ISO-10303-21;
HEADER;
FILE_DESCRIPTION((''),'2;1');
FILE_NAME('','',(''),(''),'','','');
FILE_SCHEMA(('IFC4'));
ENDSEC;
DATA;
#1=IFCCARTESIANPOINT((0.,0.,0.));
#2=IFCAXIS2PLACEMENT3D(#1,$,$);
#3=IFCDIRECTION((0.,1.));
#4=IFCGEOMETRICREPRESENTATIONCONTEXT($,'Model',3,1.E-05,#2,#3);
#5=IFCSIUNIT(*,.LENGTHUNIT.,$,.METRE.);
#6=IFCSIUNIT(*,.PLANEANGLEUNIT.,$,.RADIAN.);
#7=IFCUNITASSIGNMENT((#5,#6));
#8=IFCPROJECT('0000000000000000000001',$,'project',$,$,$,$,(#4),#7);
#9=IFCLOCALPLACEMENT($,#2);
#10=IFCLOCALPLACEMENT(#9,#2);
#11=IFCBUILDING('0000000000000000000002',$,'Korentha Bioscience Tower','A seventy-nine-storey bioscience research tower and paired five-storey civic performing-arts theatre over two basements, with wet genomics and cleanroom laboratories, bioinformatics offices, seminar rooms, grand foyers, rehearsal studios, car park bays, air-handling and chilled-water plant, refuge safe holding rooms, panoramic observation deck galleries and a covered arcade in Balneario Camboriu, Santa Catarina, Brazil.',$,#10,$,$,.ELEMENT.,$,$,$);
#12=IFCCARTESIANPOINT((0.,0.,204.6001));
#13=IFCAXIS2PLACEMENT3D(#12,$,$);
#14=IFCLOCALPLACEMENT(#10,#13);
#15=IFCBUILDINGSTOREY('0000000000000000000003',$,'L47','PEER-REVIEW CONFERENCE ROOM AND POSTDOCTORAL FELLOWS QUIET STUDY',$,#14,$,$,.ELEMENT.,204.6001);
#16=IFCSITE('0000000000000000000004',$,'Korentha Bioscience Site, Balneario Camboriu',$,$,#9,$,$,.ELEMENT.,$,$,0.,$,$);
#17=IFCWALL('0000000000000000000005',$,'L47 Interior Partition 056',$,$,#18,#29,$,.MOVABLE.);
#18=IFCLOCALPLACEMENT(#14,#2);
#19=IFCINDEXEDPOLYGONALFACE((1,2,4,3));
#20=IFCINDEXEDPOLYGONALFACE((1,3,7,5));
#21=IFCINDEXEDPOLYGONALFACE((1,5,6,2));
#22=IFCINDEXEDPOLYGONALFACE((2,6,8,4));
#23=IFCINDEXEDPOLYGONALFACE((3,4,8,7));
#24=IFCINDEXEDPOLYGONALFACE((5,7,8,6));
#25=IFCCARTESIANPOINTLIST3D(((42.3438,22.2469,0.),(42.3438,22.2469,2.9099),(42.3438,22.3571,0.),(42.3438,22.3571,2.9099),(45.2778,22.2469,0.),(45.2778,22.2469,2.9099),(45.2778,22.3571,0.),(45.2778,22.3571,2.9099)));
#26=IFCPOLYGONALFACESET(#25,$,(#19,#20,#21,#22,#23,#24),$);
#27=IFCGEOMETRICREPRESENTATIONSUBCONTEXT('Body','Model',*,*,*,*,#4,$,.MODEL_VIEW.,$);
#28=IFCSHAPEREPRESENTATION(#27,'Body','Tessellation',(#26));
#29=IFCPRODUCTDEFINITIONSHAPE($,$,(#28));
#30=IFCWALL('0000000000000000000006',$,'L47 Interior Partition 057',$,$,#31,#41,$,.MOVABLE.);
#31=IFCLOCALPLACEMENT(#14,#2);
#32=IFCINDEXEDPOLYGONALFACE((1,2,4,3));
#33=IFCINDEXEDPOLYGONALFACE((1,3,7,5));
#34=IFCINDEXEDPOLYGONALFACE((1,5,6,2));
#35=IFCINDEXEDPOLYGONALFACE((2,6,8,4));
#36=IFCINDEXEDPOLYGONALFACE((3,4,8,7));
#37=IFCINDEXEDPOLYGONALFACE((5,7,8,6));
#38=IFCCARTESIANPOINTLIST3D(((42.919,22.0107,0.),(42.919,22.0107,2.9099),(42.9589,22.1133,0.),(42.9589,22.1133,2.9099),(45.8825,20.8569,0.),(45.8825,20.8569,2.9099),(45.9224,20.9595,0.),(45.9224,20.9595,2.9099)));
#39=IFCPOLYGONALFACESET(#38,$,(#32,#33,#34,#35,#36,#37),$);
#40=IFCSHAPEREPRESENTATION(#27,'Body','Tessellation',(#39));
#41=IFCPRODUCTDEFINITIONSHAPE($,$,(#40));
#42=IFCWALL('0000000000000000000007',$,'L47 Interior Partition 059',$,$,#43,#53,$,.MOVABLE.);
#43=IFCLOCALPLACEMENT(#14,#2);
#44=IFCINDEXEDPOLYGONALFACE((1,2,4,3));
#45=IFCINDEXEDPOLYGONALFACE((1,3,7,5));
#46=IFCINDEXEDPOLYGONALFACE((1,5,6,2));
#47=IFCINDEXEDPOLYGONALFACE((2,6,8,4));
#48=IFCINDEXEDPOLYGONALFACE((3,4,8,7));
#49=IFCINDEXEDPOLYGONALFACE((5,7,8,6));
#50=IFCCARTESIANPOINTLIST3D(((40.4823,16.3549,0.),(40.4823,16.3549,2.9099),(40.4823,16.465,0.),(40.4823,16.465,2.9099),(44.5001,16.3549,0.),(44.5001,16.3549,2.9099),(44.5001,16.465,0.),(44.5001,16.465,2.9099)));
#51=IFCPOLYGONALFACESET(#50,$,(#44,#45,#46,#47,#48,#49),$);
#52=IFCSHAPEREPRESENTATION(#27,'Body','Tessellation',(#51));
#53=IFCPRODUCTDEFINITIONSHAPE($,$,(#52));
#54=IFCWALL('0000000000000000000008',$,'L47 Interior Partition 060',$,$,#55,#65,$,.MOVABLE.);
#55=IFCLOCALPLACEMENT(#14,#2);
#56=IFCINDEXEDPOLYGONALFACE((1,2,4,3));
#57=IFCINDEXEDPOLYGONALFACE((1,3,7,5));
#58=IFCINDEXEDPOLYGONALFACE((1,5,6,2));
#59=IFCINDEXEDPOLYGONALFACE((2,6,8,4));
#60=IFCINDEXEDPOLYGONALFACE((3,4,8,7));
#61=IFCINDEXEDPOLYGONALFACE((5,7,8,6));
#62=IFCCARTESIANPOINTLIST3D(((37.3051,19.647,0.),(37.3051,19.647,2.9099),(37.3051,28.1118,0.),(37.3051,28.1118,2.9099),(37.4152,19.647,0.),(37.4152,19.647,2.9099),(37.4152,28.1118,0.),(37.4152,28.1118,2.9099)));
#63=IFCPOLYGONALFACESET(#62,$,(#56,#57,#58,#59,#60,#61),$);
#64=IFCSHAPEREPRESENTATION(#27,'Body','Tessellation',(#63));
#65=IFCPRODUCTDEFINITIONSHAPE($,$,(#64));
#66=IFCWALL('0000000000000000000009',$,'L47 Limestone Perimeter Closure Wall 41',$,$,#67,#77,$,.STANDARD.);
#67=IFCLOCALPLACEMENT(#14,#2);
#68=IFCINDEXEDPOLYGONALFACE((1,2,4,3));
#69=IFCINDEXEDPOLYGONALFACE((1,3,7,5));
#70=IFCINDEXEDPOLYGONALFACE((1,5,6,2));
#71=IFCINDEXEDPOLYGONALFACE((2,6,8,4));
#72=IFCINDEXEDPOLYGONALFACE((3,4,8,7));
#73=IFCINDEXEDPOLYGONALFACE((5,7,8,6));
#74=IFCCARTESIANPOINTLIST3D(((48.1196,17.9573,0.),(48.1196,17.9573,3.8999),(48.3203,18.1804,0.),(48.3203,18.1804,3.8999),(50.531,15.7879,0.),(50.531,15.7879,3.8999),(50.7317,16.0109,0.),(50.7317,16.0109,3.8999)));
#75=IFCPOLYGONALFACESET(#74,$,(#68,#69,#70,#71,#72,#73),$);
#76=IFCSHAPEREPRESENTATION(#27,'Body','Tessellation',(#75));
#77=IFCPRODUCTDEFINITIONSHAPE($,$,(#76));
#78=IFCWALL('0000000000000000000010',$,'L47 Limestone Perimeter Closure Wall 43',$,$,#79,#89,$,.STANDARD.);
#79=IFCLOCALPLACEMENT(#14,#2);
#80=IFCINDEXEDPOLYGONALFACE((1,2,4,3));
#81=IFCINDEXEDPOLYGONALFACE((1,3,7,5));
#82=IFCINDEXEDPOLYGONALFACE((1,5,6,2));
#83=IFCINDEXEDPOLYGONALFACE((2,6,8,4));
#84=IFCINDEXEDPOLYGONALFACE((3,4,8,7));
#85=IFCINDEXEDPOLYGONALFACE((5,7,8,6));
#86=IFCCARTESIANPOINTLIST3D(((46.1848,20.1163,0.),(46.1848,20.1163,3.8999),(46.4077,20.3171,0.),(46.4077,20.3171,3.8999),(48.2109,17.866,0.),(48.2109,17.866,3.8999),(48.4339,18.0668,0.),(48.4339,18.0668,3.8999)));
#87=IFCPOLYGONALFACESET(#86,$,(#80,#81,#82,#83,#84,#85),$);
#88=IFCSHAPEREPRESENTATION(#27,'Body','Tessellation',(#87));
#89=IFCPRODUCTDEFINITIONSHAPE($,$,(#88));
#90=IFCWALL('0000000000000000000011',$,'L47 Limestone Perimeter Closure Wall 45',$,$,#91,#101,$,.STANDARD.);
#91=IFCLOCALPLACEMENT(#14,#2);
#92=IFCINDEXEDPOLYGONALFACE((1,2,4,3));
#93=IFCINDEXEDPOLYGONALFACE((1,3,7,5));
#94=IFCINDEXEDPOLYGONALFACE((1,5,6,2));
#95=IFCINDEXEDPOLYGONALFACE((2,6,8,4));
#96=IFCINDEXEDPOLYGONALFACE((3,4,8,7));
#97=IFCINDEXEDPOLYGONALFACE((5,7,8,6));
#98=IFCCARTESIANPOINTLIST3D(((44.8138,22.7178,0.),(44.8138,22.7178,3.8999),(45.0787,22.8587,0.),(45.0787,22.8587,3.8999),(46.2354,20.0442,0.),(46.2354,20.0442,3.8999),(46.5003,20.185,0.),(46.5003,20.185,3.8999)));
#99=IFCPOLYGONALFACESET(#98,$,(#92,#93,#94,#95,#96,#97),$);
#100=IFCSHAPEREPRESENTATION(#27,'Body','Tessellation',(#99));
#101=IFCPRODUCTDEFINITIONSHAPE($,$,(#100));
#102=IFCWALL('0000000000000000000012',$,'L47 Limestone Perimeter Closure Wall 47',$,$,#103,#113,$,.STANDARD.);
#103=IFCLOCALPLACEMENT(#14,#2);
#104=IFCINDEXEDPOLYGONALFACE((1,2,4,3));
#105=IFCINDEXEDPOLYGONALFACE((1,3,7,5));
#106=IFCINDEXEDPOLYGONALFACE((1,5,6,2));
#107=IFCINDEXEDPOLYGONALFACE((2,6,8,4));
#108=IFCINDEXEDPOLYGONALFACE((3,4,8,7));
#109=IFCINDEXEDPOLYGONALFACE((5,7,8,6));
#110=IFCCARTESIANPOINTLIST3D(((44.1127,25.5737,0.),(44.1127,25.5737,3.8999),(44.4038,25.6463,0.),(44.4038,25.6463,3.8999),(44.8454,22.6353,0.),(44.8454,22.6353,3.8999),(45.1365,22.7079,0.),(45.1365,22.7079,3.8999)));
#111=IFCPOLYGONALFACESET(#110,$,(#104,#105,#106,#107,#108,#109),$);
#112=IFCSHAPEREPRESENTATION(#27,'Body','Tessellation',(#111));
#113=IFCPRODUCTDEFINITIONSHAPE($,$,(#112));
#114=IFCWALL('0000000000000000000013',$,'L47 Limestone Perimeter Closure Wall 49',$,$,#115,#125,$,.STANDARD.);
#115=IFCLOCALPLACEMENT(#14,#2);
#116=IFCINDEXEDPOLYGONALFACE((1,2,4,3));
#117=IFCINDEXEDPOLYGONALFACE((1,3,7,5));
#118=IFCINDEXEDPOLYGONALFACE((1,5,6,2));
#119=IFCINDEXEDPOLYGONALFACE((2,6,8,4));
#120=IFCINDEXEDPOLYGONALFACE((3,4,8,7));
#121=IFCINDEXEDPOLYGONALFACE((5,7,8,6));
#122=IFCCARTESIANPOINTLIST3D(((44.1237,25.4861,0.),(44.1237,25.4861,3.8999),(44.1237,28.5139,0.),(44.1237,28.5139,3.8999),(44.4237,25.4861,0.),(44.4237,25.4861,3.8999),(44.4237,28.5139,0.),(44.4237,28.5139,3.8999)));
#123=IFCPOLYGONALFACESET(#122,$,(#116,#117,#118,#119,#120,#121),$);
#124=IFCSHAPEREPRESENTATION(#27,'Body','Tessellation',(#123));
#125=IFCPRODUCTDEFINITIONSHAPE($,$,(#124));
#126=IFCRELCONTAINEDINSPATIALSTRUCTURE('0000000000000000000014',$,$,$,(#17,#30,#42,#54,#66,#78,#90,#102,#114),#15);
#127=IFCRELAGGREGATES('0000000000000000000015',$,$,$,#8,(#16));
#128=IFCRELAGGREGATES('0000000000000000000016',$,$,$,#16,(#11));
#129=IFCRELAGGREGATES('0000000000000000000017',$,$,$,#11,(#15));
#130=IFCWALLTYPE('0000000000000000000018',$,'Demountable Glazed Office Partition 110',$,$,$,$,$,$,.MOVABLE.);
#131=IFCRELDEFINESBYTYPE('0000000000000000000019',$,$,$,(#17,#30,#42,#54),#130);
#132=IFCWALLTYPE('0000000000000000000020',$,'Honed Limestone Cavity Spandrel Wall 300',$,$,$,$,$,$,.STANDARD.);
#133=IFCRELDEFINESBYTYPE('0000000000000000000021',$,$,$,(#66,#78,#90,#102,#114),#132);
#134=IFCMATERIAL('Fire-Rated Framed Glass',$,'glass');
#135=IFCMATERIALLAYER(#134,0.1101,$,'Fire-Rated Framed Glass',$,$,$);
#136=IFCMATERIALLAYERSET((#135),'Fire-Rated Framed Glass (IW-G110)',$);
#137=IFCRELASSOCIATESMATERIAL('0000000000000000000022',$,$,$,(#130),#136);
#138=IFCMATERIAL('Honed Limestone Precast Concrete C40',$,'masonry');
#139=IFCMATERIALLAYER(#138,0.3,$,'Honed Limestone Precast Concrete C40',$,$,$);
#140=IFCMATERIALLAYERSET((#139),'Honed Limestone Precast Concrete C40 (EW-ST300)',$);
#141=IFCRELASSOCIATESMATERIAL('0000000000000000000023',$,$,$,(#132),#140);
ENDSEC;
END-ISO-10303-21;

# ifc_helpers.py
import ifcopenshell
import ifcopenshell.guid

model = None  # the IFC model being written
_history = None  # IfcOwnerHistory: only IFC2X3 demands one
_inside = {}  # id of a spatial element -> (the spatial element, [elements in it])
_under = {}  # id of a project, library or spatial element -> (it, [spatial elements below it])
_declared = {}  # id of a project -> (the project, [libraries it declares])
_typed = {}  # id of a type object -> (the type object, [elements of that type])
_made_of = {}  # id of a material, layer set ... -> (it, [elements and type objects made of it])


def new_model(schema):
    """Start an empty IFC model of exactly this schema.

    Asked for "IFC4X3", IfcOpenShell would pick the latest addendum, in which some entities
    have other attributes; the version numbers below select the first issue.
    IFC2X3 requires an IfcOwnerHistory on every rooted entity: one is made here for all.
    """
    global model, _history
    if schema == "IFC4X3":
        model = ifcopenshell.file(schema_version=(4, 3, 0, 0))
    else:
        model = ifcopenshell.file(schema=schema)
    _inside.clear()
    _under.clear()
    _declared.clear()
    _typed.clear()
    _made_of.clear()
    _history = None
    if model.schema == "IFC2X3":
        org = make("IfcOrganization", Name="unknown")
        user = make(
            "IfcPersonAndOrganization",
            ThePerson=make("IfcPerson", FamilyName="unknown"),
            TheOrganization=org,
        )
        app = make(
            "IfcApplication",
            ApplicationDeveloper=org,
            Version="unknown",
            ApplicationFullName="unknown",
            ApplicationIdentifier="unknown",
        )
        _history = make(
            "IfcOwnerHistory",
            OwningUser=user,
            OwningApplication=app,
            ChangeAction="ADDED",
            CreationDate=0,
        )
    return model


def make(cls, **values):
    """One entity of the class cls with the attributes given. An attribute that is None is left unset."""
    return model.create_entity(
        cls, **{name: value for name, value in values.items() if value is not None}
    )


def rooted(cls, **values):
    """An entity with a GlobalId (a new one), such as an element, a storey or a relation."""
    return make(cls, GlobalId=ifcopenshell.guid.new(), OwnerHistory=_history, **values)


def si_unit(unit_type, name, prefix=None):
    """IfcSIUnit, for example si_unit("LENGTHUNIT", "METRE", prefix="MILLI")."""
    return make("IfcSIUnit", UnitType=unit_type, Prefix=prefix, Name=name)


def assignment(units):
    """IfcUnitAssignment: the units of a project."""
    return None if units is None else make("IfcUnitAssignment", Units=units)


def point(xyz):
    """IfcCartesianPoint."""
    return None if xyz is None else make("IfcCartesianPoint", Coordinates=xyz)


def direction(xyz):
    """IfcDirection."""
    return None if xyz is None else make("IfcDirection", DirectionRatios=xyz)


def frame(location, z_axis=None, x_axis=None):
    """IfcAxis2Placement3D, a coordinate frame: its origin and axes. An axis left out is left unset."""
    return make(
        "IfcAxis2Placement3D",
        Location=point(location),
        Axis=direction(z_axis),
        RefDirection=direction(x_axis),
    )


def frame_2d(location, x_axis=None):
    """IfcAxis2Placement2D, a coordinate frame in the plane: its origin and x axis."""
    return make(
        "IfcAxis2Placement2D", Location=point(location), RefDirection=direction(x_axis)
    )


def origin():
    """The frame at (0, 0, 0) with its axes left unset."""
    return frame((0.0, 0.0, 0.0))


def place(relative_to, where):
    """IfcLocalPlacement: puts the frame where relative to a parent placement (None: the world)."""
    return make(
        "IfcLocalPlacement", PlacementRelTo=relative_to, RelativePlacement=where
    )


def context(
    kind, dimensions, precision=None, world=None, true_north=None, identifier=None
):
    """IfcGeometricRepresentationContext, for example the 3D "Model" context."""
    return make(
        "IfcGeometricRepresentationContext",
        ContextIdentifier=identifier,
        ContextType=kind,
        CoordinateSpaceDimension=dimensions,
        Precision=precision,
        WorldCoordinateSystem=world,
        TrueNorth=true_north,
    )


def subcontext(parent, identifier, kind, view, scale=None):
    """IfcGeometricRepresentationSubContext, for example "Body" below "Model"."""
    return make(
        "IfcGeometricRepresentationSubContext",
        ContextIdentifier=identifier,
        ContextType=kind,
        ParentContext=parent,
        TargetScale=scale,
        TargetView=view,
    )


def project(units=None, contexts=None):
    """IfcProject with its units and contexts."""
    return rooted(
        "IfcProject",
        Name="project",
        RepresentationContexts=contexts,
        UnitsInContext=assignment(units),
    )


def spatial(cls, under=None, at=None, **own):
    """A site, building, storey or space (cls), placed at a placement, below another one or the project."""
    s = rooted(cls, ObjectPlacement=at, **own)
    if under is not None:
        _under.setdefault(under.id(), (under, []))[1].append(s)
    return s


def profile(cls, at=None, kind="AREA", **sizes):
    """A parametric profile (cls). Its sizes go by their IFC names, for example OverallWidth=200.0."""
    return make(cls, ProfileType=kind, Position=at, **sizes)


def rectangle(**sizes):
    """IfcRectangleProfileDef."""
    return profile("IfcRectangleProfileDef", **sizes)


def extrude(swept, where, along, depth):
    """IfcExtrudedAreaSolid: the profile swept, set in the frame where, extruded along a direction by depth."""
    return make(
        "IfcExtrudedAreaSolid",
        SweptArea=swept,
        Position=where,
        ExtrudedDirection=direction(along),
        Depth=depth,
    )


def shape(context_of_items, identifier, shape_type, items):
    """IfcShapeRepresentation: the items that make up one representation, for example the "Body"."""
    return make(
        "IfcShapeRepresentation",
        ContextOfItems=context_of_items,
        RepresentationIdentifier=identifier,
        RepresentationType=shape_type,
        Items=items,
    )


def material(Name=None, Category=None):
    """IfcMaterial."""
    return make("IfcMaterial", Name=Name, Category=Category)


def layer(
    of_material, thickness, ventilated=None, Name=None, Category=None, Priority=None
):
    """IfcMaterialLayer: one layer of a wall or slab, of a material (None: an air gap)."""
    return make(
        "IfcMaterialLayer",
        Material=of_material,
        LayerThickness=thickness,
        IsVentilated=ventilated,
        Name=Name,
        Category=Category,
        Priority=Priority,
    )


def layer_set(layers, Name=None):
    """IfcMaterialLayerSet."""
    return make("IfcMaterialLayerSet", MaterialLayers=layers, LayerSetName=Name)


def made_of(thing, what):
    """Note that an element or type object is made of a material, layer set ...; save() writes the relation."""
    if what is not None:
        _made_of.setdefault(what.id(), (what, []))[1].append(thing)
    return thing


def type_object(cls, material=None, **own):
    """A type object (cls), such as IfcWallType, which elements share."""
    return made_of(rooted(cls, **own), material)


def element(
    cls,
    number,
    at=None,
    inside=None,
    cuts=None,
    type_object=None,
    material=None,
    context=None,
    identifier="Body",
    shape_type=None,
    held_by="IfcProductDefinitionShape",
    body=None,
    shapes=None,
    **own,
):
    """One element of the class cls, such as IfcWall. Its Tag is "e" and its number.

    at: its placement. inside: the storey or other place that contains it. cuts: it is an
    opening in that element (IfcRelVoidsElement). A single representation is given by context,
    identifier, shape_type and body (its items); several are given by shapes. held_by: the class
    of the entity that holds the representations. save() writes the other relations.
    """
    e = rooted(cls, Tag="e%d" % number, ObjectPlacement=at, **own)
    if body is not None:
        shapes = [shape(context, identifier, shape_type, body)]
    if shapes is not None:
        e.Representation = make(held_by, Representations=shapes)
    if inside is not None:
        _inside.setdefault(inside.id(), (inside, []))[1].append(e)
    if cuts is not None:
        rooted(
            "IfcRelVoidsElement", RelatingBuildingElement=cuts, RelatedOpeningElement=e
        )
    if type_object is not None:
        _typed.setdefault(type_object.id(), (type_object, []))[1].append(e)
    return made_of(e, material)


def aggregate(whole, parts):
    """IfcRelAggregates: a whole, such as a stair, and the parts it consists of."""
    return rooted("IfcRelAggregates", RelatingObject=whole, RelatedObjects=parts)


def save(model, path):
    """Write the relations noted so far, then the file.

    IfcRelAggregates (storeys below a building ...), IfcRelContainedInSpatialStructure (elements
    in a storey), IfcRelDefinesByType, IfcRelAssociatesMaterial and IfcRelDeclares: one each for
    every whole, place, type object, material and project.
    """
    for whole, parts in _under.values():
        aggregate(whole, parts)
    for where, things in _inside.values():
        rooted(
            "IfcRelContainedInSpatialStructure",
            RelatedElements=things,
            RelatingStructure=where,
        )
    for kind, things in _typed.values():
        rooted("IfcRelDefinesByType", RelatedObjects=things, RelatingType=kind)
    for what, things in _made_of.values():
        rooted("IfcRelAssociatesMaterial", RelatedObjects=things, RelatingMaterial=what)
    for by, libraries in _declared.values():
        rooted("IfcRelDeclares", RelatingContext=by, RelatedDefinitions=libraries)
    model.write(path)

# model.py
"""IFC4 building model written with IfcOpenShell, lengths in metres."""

from ifc_helpers import new_model, si_unit, direction, frame, frame_2d, origin, place, context, subcontext, project, spatial, rectangle, extrude, material, layer, layer_set, type_object, element, save


model = new_model("IFC4")

# Units and contexts
model_context = context("Model", 3, precision=1e-05, world=origin(), true_north=direction((0.0, 1.0)))
body_context = subcontext(model_context, "Body", "Model", "MODEL_VIEW")
ifc_project = project(units=[si_unit("LENGTHUNIT", "METRE"), si_unit("PLANEANGLEUNIT", "RADIAN")], contexts=[model_context])

# Site, building, storey
site_placement = place(None, origin())
site = spatial("IfcSite", under=ifc_project, at=site_placement, Name="Korentha Bioscience Site, Balneario Camboriu", CompositionType="ELEMENT", RefElevation=0.0)
building_placement = place(site_placement, origin())
building = spatial("IfcBuilding", under=site, at=building_placement, Name="Korentha Bioscience Tower", Description="A seventy-nine-storey bioscience research tower and paired five-storey civic performing-arts theatre over two basements, with wet genomics and cleanroom laboratories, bioinformatics offices, seminar rooms, grand foyers, rehearsal studios, car park bays, air-handling and chilled-water plant, refuge safe holding rooms, panoramic observation deck galleries and a covered arcade in Balneario Camboriu, Santa Catarina, Brazil.", CompositionType="ELEMENT")
storey_placement = place(building_placement, frame((0.0, 0.0, 204.6001)))
storey = spatial("IfcBuildingStorey", under=building, at=storey_placement, Name="L47", Description="PEER-REVIEW CONFERENCE ROOM AND POSTDOCTORAL FELLOWS QUIET STUDY", CompositionType="ELEMENT", Elevation=204.6001)

# Walls
ifc_material_1 = material(Name="Fire-Rated Framed Glass", Category="glass")
ifc_layer_1 = layer(ifc_material_1, 0.1101, Name="Fire-Rated Framed Glass")
ifc_layer_set_1 = layer_set([ifc_layer_1], Name="Fire-Rated Framed Glass (IW-G110)")
wall_type_1 = type_object("IfcWallType", Name="Demountable Glazed Office Partition 110", PredefinedType="MOVABLE", material=ifc_layer_set_1)
wall_1_placement = place(storey_placement, frame((45.2778, 22.302, 0.0), z_axis=(0.0, 0.0, 1.0), x_axis=(-1.0, 0.0, 0.0)))
element("IfcWall", 1, at=wall_1_placement, inside=storey, type_object=wall_type_1, Name="L47 Interior Partition 056", PredefinedType="MOVABLE", context=body_context, shape_type="SweptSolid", body=[
    extrude(rectangle(XDim=2.9341, YDim=0.1101, at=frame_2d((1.467, 0.0))), origin(), (0.0, 0.0, 1.0), 2.9099),
])
wall_2_placement = place(storey_placement, frame((42.939, 22.062, 0.0), z_axis=(0.0, 0.0, 1.0), x_axis=(0.931858, -0.362824, 0.0)))
element("IfcWall", 2, at=wall_2_placement, inside=storey, type_object=wall_type_1, Name="L47 Interior Partition 057", PredefinedType="MOVABLE", context=body_context, shape_type="SweptSolid", body=[
    extrude(rectangle(XDim=3.1802, YDim=0.1101, at=frame_2d((1.5901, 0.0))), origin(), (0.0, 0.0, 1.0), 2.9099),
])
wall_3_placement = place(storey_placement, frame((44.5, 16.4099, 0.0), z_axis=(0.0, 0.0, 1.0), x_axis=(-1.0, 0.0, 0.0)))
element("IfcWall", 3, at=wall_3_placement, inside=storey, type_object=wall_type_1, Name="L47 Interior Partition 059", PredefinedType="MOVABLE", context=body_context, shape_type="SweptSolid", body=[
    extrude(rectangle(XDim=4.0178, YDim=0.1101, at=frame_2d((2.0088, 0.0))), origin(), (0.0, 0.0, 1.0), 2.9099),
])
wall_4_placement = place(storey_placement, frame((37.3601, 19.647, 0.0), z_axis=(0.0, 0.0, 1.0), x_axis=(0.0, 1.0, 0.0)))
element("IfcWall", 4, at=wall_4_placement, inside=storey, type_object=wall_type_1, Name="L47 Interior Partition 060", PredefinedType="MOVABLE", context=body_context, shape_type="SweptSolid", body=[
    extrude(rectangle(XDim=8.4648, YDim=0.1101, at=frame_2d((4.2324, 0.0))), origin(), (0.0, 0.0, 1.0), 2.9099),
])
ifc_material_2 = material(Name="Honed Limestone Precast Concrete C40", Category="masonry")
ifc_layer_2 = layer(ifc_material_2, 0.3, Name="Honed Limestone Precast Concrete C40")
ifc_layer_set_2 = layer_set([ifc_layer_2], Name="Honed Limestone Precast Concrete C40 (EW-ST300)")
wall_type_2 = type_object("IfcWallType", Name="Honed Limestone Cavity Spandrel Wall 300", PredefinedType="STANDARD", material=ifc_layer_set_2)
wall_5_placement = place(storey_placement, frame((50.6313, 15.8994, 0.0), z_axis=(0.0, 0.0, 1.0), x_axis=(-0.743418, 0.668827, 0.0)))
element("IfcWall", 5, at=wall_5_placement, inside=storey, type_object=wall_type_2, Name="L47 Limestone Perimeter Closure Wall 41", PredefinedType="STANDARD", context=body_context, shape_type="SweptSolid", body=[
    extrude(rectangle(XDim=3.2437, YDim=0.3, at=frame_2d((1.6218, 0.0))), origin(), (0.0, 0.0, 1.0), 3.8999),
])
for number, where, z_axis, x_axis, name in (
    (6, (48.3225, 17.9663, 0.0), (0.0, 0.0, 1.0), (-0.66913, 0.743146, 0.0), "L47 Limestone Perimeter Closure Wall 43"),
    (7, (46.3679, 20.1145, 0.0), (0.0, 0.0, 1.0), (-0.469487, 0.882939, 0.0), "L47 Limestone Perimeter Closure Wall 45"),
):
    element("IfcWall", number, at=place(storey_placement, frame(where, z_axis=z_axis, x_axis=x_axis)), inside=storey, type_object=wall_type_2, Name=name, PredefinedType="STANDARD", context=body_context, shape_type="SweptSolid", body=[
        extrude(rectangle(XDim=3.0281, YDim=0.3, at=frame_2d((1.5142, 0.0))), origin(), (0.0, 0.0, 1.0), 3.8999),
    ])
wall_6_placement = place(storey_placement, frame((44.991, 22.6716, 0.0), z_axis=(0.0, 0.0, 1.0), x_axis=(-0.241948, 0.970289, 0.0)))
element("IfcWall", 8, at=wall_6_placement, inside=storey, type_object=wall_type_2, Name="L47 Limestone Perimeter Closure Wall 47", PredefinedType="STANDARD", context=body_context, shape_type="SweptSolid", body=[
    extrude(rectangle(XDim=3.0283, YDim=0.3, at=frame_2d((1.5142, 0.0))), origin(), (0.0, 0.0, 1.0), 3.8999),
])
wall_7_placement = place(storey_placement, frame((44.2737, 25.4861, 0.0), z_axis=(0.0, 0.0, 1.0), x_axis=(0.0, 1.0, 0.0)))
element("IfcWall", 9, at=wall_7_placement, inside=storey, type_object=wall_type_2, Name="L47 Limestone Perimeter Closure Wall 49", PredefinedType="STANDARD", context=body_context, shape_type="SweptSolid", body=[
    extrude(rectangle(XDim=3.0278, YDim=0.3, at=frame_2d((1.5139, 0.0))), origin(), (0.0, 0.0, 1.0), 3.8999),
])

save(model, "model.ifc")
